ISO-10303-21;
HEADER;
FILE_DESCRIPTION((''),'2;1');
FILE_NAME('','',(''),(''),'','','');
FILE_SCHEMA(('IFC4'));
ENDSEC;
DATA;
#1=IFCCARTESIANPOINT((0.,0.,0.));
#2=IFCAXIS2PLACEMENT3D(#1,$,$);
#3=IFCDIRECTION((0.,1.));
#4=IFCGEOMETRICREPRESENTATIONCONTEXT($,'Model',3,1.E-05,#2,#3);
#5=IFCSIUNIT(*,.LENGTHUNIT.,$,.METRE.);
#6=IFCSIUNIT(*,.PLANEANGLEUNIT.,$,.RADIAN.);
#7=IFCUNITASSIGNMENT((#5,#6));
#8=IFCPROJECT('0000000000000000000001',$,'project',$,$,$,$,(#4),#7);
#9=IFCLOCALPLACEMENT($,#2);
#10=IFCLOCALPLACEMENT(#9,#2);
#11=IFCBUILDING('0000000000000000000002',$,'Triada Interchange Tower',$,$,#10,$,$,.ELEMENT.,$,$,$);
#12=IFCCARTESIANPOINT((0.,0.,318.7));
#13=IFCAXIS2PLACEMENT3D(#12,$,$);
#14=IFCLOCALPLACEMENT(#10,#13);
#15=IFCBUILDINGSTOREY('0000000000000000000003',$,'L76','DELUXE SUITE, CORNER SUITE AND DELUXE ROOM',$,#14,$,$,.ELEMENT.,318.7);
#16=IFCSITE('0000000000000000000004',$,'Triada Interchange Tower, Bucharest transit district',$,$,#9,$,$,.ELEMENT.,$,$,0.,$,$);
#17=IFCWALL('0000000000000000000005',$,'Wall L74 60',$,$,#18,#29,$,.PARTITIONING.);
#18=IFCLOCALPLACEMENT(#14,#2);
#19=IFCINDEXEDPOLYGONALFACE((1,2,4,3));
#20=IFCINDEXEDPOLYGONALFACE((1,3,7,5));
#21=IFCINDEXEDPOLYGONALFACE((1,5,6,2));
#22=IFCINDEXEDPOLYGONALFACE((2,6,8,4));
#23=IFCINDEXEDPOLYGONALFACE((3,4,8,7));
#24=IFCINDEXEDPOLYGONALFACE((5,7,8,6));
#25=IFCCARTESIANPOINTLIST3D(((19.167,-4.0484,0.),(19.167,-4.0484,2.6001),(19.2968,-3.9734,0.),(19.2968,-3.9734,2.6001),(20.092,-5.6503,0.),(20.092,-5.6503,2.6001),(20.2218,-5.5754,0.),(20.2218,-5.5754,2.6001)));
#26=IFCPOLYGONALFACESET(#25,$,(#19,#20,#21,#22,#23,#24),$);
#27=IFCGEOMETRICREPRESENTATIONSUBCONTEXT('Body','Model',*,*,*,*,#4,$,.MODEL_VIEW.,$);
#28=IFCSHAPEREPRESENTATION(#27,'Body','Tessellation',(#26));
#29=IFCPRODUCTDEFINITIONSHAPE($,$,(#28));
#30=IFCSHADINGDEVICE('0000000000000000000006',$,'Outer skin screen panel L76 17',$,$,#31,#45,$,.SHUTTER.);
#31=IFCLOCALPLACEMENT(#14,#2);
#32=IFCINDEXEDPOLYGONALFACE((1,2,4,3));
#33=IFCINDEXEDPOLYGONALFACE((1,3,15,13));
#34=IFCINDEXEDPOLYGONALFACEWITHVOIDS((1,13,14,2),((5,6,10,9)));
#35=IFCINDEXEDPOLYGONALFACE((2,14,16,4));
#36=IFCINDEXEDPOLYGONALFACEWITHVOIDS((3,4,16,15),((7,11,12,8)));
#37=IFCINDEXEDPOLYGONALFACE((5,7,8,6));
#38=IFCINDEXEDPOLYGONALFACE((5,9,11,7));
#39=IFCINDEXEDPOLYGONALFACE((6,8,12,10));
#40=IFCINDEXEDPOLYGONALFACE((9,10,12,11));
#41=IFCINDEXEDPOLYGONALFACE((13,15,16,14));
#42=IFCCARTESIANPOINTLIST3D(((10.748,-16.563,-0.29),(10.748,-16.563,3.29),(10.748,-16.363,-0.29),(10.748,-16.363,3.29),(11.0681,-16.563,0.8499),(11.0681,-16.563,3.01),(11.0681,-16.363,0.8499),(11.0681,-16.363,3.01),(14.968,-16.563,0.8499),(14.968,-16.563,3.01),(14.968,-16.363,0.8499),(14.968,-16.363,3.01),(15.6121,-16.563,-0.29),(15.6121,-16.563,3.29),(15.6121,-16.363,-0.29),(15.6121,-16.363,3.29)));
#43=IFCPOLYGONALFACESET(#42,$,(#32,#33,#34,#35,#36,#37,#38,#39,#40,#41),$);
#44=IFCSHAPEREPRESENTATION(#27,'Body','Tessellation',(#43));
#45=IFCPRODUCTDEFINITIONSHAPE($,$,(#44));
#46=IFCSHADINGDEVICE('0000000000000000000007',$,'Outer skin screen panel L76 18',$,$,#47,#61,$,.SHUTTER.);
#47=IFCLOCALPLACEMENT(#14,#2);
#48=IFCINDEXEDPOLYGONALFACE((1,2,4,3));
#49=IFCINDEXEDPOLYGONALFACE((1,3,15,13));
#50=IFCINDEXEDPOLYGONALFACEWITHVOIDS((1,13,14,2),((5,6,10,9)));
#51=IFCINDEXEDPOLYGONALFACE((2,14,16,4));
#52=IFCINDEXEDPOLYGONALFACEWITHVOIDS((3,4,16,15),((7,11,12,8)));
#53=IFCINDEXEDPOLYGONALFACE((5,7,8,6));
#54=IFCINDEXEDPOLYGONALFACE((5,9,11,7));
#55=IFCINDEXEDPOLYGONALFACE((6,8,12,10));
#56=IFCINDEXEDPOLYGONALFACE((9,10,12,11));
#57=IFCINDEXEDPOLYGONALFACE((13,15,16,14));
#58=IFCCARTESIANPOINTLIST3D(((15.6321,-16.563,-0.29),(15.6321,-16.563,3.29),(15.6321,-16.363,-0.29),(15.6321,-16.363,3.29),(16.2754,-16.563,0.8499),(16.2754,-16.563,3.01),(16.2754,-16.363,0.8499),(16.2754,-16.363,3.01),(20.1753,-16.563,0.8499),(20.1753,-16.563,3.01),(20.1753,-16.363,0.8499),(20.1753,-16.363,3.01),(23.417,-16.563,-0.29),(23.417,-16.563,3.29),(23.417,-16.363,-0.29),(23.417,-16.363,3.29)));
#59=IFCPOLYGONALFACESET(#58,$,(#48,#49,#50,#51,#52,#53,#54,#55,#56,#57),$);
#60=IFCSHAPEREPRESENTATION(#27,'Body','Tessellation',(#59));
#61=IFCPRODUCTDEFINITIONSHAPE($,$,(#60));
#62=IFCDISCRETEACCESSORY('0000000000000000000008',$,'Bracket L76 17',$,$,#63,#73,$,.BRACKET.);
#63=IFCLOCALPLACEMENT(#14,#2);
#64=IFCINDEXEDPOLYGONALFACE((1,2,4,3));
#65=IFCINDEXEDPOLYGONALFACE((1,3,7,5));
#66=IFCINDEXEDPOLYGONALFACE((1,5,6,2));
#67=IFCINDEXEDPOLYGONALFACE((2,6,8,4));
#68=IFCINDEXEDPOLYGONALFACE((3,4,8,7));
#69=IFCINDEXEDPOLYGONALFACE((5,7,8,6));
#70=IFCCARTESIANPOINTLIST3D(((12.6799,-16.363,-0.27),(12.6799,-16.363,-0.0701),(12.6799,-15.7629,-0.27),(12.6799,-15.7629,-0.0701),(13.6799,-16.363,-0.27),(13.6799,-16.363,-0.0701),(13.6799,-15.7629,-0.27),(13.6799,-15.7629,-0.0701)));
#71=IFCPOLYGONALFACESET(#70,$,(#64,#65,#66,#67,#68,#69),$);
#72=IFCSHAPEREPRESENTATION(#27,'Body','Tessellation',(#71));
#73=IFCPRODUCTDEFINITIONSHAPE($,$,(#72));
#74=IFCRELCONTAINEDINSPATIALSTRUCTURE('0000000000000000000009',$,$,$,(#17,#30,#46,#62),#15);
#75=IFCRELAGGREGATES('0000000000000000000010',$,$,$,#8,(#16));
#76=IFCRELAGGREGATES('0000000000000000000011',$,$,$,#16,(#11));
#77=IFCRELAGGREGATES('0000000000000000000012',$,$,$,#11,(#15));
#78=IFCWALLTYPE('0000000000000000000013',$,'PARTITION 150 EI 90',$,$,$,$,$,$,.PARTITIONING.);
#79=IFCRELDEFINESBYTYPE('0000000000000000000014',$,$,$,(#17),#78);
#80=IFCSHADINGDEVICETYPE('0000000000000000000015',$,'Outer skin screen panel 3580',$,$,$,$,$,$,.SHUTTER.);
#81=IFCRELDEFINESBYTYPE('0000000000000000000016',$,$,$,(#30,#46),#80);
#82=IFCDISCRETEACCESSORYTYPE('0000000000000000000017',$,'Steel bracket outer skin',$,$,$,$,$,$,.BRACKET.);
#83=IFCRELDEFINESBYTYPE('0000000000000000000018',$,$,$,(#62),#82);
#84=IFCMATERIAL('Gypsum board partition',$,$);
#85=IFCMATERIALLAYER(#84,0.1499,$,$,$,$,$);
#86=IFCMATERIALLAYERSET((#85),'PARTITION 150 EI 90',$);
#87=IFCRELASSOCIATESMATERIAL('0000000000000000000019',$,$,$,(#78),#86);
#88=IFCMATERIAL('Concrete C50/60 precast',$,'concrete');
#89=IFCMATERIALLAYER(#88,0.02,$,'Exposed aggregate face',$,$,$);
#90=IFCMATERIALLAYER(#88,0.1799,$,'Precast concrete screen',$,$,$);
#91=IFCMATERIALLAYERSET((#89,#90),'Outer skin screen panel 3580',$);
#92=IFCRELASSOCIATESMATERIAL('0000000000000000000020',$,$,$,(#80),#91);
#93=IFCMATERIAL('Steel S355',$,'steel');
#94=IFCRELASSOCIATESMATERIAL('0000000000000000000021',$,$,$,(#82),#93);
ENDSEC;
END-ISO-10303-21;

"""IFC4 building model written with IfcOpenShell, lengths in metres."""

from ifc_helpers import new_model, si_unit, direction, frame, frame_2d, origin, origin_2d, place, context, subcontext, project, spatial, polyline, rectangle, outline, extrude, material, layer, layer_set, type_object, element, save


model = new_model("IFC4")

# Units and contexts
model_context = context("Model", 3, precision=1e-05, world=origin(), true_north=direction((0.0, 1.0)))
body_context = subcontext(model_context, "Body", "Model", "MODEL_VIEW")
ifc_project = project(units=[si_unit("LENGTHUNIT", "METRE"), si_unit("PLANEANGLEUNIT", "RADIAN")], contexts=[model_context])

# Site, building, storey
site_placement = place(None, origin())
site = spatial("IfcSite", under=ifc_project, at=site_placement, Name="Triada Interchange Tower, Bucharest transit district", CompositionType="ELEMENT", RefElevation=0.0)
building_placement = place(site_placement, origin())
building = spatial("IfcBuilding", under=site, at=building_placement, Name="Triada Interchange Tower", CompositionType="ELEMENT")
storey_placement = place(building_placement, frame((0.0, 0.0, 318.7)))
storey = spatial("IfcBuildingStorey", under=building, at=storey_placement, Name="L76", Description="DELUXE SUITE, CORNER SUITE AND DELUXE ROOM", CompositionType="ELEMENT", Elevation=318.7)

# Shared definitions
ifc_material_1 = material(Name="Gypsum board partition")

# Shared definitions
ifc_layer_1 = layer(ifc_material_1, 0.1499)
ifc_layer_set_1 = layer_set([ifc_layer_1], Name="PARTITION 150 EI 90")
wall_type_1 = type_object("IfcWallType", Name="PARTITION 150 EI 90", PredefinedType="PARTITIONING", material=ifc_layer_set_1)

# Wall
wall_1_placement = place(storey_placement, frame((19.2319, -4.011, 0.0), z_axis=(0.0, 0.0, 1.0), x_axis=(0.500042, -0.866001, 0.0)))
element("IfcWall", 1, at=wall_1_placement, inside=storey, type_object=wall_type_1, Name="Wall L74 60", PredefinedType="PARTITIONING", context=body_context, shape_type="SweptSolid", body=[
    extrude(rectangle(XDim=1.8499, YDim=0.1499, at=frame_2d((0.9248, 0.0))), origin(), (0.0, 0.0, 1.0), 2.6001),
])

# Shading devices
ifc_material_2 = material(Name="Concrete C50/60 precast", Category="concrete")
ifc_layer_2 = layer(ifc_material_2, 0.02, Name="Exposed aggregate face")
ifc_layer_3 = layer(ifc_material_2, 0.1799, Name="Precast concrete screen")
ifc_layer_set_2 = layer_set([ifc_layer_2, ifc_layer_3], Name="Outer skin screen panel 3580")
shading_device_type = type_object("IfcShadingDeviceType", Name="Outer skin screen panel 3580", PredefinedType="SHUTTER", material=ifc_layer_set_2)
shading_device_1_placement = place(storey_placement, frame((10.748, -16.363, -0.29), z_axis=(0.0, 0.0, 1.0), x_axis=(1.0, 0.0, 0.0)))
element("IfcShadingDevice", 2, at=shading_device_1_placement, inside=storey, type_object=shading_device_type, Name="Outer skin screen panel L76 17", PredefinedType="SHUTTER", context=body_context, shape_type="SweptSolid", body=[
    extrude(outline(polyline([(0.0, 0.0), (4.864, 0.0), (4.864, 3.5801), (0.0, 3.5801), (0.0, 0.0)]), holes=[polyline([(0.3201, 1.1399), (0.3201, 3.3), (4.22, 3.3), (4.22, 1.1399), (0.3201, 1.1399)])]), frame((0.0, 0.0, 0.0), z_axis=(0.0, -1.0, 0.0), x_axis=(1.0, 0.0, 0.0)), (0.0, 0.0, 1.0), 0.2),
])
shading_device_2_placement = place(storey_placement, frame((15.6321, -16.363, -0.29), z_axis=(0.0, 0.0, 1.0), x_axis=(1.0, 0.0, 0.0)))
element("IfcShadingDevice", 3, at=shading_device_2_placement, inside=storey, type_object=shading_device_type, Name="Outer skin screen panel L76 18", PredefinedType="SHUTTER", context=body_context, shape_type="SweptSolid", body=[
    extrude(outline(polyline([(0.0, 0.0), (7.7849, 0.0), (7.7849, 3.5801), (0.0, 3.5801), (0.0, 0.0)]), holes=[polyline([(0.6433, 1.1399), (0.6433, 3.3), (4.5432, 3.3), (4.5432, 1.1399), (0.6433, 1.1399)])]), frame((0.0, 0.0, 0.0), z_axis=(0.0, -1.0, 0.0), x_axis=(1.0, 0.0, 0.0)), (0.0, 0.0, 1.0), 0.2),
])

# Discrete accessory
ifc_material_3 = material(Name="Steel S355", Category="steel")
discrete_accessory_type = type_object("IfcDiscreteAccessoryType", Name="Steel bracket outer skin", PredefinedType="BRACKET", material=ifc_material_3)
discrete_accessory_placement = place(storey_placement, frame((13.1799, -16.063, -0.27), z_axis=(0.0, 0.0, 1.0), x_axis=(0.0, -1.0, 0.0)))
element("IfcDiscreteAccessory", 4, at=discrete_accessory_placement, inside=storey, type_object=discrete_accessory_type, Name="Bracket L76 17", PredefinedType="BRACKET", context=body_context, shape_type="SweptSolid", body=[
    extrude(rectangle(XDim=0.6001, YDim=1.0, at=origin_2d()), origin(), (0.0, 0.0, 1.0), 0.2),
])

save(model, "model.ifc")
